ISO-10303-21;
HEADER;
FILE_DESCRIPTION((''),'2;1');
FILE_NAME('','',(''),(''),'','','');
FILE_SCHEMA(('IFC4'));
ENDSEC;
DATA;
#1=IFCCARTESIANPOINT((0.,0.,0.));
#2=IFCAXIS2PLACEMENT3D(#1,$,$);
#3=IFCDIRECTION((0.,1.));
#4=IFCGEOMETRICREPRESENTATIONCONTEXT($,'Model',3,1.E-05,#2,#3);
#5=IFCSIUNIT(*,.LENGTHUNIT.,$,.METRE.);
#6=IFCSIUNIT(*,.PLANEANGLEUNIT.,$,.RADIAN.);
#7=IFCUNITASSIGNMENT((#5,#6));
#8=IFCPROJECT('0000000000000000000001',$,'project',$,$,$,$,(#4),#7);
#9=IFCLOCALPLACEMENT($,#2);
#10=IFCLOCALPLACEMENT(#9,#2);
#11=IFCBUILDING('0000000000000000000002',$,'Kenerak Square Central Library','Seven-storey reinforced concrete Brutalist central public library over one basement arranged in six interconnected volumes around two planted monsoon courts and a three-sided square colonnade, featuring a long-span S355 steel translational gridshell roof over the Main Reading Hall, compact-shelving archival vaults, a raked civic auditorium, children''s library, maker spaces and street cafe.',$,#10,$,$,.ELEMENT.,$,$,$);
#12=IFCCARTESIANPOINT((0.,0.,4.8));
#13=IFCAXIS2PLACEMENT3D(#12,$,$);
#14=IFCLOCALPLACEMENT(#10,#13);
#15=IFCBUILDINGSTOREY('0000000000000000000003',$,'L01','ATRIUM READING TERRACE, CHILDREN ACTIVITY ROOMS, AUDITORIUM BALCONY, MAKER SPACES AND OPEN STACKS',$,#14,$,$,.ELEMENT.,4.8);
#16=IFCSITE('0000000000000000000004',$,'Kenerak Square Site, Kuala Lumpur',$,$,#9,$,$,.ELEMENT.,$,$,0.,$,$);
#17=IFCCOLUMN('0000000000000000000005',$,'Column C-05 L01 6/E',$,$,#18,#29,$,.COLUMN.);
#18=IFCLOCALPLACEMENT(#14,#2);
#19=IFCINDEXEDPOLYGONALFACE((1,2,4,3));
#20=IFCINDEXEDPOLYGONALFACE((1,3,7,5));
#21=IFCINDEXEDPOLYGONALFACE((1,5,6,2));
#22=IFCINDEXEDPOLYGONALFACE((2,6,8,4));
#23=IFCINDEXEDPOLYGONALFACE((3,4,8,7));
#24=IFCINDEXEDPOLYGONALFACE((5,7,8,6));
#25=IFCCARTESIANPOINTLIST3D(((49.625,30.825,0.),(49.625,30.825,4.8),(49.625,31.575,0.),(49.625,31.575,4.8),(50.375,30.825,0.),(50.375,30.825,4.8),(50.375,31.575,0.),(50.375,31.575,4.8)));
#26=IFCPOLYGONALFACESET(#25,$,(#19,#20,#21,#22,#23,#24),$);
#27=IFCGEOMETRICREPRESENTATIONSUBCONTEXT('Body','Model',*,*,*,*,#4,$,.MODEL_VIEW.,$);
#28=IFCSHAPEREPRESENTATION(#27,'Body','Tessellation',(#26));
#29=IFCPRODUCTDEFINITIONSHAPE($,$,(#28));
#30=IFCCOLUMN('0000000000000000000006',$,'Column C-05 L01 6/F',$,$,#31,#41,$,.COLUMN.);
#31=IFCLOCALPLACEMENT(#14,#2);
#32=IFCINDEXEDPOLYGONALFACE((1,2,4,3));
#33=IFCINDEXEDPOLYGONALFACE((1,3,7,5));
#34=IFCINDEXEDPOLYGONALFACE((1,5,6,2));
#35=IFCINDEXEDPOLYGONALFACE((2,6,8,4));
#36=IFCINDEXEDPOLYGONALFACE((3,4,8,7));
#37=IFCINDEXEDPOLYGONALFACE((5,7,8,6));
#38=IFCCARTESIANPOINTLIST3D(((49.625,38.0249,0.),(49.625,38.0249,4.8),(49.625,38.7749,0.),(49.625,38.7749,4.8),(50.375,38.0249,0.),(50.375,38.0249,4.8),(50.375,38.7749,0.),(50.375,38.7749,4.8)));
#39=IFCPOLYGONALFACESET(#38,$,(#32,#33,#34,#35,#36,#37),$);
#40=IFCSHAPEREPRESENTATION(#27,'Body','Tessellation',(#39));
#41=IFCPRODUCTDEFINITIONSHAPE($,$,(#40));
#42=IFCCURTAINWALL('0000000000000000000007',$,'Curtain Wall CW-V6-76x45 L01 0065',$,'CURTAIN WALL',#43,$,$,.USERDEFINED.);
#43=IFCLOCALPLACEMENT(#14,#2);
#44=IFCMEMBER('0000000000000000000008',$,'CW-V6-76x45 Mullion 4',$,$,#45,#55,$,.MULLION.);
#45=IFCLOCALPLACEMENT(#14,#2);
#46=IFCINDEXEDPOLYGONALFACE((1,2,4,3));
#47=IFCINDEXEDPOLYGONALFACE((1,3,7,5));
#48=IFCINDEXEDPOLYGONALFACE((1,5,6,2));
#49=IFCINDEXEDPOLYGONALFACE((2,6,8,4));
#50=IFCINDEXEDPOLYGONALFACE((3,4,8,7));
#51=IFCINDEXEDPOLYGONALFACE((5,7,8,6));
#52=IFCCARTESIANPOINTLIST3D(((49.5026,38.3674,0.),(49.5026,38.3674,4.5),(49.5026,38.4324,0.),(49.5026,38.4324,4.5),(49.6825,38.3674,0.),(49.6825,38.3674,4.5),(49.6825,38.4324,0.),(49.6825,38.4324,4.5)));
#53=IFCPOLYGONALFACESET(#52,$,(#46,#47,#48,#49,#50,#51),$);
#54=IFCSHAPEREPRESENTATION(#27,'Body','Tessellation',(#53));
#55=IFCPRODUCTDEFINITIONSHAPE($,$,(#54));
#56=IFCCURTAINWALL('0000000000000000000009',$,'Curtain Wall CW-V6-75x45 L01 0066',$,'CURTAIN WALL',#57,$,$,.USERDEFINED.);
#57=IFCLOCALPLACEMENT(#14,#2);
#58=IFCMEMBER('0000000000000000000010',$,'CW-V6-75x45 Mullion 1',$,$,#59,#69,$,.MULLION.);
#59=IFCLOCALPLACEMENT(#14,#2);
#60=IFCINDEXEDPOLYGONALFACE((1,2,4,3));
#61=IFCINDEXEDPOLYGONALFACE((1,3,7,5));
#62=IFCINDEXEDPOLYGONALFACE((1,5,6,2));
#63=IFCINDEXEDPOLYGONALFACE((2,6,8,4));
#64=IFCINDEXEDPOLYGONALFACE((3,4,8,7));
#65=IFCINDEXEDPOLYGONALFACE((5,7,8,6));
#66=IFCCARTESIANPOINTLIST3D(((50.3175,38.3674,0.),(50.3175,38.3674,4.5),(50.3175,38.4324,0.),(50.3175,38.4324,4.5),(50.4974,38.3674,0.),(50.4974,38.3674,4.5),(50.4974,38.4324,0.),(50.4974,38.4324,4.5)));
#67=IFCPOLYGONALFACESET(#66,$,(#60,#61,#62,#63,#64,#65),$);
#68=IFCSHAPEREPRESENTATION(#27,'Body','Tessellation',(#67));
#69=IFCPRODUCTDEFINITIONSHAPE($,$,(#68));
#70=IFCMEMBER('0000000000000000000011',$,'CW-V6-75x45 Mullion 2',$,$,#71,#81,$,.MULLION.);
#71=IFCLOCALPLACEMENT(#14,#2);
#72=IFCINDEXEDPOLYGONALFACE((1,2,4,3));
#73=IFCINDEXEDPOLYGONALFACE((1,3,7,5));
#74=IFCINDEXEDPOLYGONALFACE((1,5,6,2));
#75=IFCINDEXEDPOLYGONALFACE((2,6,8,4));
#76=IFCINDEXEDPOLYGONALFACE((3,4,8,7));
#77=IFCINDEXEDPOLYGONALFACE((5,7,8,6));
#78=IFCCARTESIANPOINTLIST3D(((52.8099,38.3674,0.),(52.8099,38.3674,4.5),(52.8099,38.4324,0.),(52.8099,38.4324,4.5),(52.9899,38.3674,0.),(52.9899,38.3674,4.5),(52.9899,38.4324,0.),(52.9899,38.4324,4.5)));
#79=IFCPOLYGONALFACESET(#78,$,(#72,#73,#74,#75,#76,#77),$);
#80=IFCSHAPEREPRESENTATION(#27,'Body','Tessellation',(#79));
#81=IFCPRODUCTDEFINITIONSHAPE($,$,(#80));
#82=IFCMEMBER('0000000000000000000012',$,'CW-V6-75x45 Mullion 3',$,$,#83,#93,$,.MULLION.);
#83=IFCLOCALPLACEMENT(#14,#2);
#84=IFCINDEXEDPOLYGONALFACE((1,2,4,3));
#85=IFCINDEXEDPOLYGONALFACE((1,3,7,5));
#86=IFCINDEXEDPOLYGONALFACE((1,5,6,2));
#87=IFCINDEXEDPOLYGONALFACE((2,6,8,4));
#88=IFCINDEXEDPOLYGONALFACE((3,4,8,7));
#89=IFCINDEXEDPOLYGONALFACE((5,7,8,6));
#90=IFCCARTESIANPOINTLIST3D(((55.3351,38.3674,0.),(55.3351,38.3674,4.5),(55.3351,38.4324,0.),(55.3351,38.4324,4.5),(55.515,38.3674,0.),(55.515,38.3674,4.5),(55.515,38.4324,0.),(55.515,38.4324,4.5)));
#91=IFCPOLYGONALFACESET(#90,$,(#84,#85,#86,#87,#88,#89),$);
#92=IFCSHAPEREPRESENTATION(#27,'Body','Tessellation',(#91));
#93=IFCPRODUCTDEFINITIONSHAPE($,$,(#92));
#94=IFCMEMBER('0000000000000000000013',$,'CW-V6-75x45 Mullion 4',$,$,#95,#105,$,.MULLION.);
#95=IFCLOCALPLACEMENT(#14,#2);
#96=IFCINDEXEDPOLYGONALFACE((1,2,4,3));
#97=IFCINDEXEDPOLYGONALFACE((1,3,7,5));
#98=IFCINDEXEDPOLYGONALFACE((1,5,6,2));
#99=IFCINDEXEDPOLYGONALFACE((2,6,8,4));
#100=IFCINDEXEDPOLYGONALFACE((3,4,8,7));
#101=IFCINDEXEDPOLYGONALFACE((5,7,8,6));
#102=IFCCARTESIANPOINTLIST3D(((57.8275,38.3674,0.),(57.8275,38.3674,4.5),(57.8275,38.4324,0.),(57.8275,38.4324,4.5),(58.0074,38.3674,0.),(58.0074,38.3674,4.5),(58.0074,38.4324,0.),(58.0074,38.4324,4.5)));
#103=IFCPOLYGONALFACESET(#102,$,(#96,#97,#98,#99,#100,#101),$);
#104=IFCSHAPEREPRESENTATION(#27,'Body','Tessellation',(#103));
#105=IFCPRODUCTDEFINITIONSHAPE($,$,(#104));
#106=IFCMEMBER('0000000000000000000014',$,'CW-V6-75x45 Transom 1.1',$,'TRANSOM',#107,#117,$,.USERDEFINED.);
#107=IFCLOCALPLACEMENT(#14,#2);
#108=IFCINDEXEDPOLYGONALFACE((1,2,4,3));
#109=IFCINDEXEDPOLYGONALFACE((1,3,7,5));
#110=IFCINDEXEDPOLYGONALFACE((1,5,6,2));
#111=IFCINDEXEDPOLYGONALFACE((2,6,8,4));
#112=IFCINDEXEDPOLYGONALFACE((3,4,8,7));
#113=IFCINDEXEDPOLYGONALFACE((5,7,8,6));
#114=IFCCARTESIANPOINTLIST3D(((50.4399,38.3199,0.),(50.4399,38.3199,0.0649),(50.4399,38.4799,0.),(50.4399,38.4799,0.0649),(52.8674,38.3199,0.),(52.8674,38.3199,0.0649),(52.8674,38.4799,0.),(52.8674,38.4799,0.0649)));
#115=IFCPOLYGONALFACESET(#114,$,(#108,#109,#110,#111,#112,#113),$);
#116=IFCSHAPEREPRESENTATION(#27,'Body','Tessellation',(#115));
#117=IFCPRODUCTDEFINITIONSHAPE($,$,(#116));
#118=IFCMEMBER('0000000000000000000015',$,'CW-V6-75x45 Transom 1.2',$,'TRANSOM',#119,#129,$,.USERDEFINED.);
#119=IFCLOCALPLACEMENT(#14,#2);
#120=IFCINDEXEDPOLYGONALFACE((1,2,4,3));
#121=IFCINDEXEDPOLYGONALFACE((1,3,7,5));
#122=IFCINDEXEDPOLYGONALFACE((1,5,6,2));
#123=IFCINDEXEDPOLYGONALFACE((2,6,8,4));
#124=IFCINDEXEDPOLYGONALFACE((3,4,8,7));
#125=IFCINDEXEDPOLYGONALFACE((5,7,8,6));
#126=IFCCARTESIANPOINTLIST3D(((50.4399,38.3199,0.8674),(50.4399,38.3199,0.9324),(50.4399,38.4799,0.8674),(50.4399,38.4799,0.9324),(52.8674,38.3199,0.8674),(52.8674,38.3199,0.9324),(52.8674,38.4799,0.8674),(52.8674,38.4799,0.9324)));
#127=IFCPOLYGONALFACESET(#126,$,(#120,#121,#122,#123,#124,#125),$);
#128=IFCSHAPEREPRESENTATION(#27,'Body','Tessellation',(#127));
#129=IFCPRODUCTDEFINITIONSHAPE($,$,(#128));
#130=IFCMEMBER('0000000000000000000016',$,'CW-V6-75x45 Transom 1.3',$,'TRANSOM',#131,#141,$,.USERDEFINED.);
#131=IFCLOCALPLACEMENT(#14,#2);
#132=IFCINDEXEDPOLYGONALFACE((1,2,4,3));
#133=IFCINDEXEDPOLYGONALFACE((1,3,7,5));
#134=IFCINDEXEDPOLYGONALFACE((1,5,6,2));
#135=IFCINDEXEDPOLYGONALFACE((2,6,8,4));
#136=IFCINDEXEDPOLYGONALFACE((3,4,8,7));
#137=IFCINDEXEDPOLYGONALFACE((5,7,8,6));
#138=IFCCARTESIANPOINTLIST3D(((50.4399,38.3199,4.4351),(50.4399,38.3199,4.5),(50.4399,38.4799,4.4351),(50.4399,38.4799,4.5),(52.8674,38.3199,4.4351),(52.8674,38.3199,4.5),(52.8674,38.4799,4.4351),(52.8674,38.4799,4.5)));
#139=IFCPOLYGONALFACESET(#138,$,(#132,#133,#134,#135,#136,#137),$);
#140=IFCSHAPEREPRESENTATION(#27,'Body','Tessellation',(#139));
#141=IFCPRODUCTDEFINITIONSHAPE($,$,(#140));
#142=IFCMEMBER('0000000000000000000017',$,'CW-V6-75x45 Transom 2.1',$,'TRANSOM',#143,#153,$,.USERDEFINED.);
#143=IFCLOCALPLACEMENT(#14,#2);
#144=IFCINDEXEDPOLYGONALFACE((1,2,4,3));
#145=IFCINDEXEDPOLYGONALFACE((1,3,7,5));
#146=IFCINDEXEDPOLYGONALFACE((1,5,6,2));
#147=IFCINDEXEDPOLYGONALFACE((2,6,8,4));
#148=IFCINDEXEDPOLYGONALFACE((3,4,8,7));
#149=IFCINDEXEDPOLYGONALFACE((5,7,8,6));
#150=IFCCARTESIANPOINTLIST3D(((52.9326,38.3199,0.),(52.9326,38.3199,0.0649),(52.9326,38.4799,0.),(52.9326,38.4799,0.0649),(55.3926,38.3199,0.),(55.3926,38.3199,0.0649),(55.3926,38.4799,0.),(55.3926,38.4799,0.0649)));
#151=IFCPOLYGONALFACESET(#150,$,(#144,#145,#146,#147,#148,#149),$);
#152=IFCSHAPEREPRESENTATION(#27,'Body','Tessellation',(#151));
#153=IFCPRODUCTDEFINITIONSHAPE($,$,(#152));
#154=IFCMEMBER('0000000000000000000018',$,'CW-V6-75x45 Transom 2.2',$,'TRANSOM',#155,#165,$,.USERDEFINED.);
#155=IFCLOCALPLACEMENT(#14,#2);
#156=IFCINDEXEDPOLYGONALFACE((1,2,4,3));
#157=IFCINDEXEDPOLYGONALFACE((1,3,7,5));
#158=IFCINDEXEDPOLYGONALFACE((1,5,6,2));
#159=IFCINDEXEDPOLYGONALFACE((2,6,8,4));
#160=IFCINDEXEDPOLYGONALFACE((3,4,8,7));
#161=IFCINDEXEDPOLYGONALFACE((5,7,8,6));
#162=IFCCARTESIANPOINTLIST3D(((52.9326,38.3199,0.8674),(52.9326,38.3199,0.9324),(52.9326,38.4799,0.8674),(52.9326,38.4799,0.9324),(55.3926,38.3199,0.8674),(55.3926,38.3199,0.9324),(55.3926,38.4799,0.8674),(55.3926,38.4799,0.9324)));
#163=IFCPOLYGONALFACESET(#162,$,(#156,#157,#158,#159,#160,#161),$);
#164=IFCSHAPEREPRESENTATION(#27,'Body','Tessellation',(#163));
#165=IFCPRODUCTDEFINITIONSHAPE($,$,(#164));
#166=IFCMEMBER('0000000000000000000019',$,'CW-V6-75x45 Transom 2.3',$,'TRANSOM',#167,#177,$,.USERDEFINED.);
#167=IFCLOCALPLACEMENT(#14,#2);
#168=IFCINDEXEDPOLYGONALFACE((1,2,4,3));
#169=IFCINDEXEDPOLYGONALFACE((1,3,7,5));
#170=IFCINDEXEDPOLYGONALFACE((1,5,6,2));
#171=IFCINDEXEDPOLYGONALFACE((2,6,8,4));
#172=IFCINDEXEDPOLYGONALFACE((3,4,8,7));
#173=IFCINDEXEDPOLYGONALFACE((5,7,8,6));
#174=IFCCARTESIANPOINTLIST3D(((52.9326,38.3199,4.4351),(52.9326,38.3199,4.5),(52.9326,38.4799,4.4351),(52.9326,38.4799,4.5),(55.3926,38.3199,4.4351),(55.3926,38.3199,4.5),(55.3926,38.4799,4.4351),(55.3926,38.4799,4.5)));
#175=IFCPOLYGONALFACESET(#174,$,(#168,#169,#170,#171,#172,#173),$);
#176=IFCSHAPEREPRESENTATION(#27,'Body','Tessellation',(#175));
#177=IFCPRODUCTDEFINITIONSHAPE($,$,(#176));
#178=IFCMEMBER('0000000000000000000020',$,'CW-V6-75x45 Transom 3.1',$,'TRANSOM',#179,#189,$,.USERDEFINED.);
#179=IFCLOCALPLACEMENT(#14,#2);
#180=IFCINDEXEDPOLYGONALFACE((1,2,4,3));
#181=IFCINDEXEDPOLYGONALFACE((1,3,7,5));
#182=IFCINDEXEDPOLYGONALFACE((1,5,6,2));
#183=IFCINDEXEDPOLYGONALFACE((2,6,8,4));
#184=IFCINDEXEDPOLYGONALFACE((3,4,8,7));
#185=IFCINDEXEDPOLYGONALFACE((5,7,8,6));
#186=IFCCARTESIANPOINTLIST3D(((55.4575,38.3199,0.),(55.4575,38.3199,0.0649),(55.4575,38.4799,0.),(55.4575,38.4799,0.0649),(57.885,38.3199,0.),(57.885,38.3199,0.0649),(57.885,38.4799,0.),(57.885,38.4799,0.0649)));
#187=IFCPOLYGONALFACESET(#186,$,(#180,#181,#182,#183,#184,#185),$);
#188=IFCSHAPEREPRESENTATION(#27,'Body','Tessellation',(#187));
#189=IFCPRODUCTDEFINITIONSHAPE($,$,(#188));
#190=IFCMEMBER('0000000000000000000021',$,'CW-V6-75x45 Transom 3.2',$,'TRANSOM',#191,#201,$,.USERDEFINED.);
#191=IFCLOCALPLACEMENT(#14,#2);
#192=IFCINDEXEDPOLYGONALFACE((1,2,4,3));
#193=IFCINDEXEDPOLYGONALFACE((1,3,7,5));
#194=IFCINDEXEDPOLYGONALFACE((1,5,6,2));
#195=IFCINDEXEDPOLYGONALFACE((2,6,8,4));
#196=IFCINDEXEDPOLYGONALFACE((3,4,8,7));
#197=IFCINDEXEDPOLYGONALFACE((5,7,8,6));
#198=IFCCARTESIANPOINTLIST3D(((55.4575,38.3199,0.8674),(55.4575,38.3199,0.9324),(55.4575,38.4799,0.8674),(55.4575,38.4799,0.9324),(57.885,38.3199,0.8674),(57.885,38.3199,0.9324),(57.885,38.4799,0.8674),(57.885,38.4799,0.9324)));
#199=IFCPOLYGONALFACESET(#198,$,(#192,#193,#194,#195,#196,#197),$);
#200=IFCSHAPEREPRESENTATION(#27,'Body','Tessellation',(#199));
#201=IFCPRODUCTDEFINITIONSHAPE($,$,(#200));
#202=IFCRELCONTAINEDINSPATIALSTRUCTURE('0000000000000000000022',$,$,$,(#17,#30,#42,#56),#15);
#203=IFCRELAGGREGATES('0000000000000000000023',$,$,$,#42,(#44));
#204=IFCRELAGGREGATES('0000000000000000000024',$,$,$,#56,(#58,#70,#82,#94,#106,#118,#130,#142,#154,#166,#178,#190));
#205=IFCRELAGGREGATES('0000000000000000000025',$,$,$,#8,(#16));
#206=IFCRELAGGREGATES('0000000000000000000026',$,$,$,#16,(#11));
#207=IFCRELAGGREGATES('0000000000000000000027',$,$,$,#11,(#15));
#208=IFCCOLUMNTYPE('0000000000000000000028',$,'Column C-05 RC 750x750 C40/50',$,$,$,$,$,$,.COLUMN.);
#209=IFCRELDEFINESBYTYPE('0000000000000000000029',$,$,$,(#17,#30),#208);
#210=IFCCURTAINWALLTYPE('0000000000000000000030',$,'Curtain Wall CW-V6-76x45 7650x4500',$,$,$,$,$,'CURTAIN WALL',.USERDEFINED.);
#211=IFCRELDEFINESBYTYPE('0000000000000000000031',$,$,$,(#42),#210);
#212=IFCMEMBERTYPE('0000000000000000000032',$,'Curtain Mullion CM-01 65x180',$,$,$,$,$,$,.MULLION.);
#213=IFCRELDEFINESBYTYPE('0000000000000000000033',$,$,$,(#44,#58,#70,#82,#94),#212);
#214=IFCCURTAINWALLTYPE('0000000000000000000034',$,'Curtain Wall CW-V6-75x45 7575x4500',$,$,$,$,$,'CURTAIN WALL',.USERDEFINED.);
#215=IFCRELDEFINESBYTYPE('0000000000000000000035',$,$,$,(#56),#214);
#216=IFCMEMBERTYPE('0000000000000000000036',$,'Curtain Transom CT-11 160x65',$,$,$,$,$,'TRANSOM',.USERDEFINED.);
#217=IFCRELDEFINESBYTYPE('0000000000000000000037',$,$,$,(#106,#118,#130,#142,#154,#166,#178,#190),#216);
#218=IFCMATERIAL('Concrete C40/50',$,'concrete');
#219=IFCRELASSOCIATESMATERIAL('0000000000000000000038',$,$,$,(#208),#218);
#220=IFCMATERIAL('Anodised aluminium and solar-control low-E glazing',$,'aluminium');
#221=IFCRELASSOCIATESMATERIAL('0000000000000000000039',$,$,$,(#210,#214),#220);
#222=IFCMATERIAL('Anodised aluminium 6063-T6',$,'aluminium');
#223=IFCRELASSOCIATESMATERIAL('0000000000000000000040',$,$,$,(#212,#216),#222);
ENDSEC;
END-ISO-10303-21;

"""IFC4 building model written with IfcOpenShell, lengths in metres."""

from ifc_helpers import new_model, si_unit, direction, frame, origin, origin_2d, place, context, subcontext, project, spatial, rectangle, extrude, material, material_profile, profile_set, type_object, element, aggregate, save


model = new_model("IFC4")

# Units and contexts
model_context = context("Model", 3, precision=1e-05, world=origin(), true_north=direction((0.0, 1.0)))
body_context = subcontext(model_context, "Body", "Model", "MODEL_VIEW")
ifc_project = project(units=[si_unit("LENGTHUNIT", "METRE"), si_unit("PLANEANGLEUNIT", "RADIAN")], contexts=[model_context])

# Site, building, storey
site_placement = place(None, origin())
site = spatial("IfcSite", under=ifc_project, at=site_placement, Name="Kenerak Square Site, Kuala Lumpur", CompositionType="ELEMENT", RefElevation=0.0)
building_placement = place(site_placement, origin())
building = spatial("IfcBuilding", under=site, at=building_placement, Name="Kenerak Square Central Library", Description="Seven-storey reinforced concrete Brutalist central public library over one basement arranged in six interconnected volumes around two planted monsoon courts and a three-sided square colonnade, featuring a long-span S355 steel translational gridshell roof over the Main Reading Hall, compact-shelving archival vaults, a raked civic auditorium, children's library, maker spaces and street cafe.", CompositionType="ELEMENT")
storey_placement = place(building_placement, frame((0.0, 0.0, 4.8)))
storey = spatial("IfcBuildingStorey", under=building, at=storey_placement, Name="L01", Description="ATRIUM READING TERRACE, CHILDREN ACTIVITY ROOMS, AUDITORIUM BALCONY, MAKER SPACES AND OPEN STACKS", CompositionType="ELEMENT", Elevation=4.8)

# Columns
ifc_material_1 = material(Name="Concrete C40/50", Category="concrete")
ifc_material_profile_1 = material_profile(ifc_material_1, rectangle(XDim=0.75, YDim=0.75, at=origin_2d()), Name="RC 750x750")
ifc_profile_set_1 = profile_set([ifc_material_profile_1], Name="Concrete C40/50")
column_type = type_object("IfcColumnType", Name="Column C-05 RC 750x750 C40/50", PredefinedType="COLUMN", material=ifc_profile_set_1)
for number, where, z_axis, x_axis, name in (
    (1, (50.0, 31.2, 0.0), (0.0, 0.0, 1.0), (1.0, 0.0, 0.0), "Column C-05 L01 6/E"),
    (2, (50.0, 38.3999, 0.0), (0.0, 0.0, 1.0), (1.0, 0.0, 0.0), "Column C-05 L01 6/F"),
):
    element("IfcColumn", number, at=place(storey_placement, frame(where, z_axis=z_axis, x_axis=x_axis)), inside=storey, type_object=column_type, Name=name, PredefinedType="COLUMN", context=body_context, shape_type="SweptSolid", body=[
        extrude(rectangle(XDim=0.75, YDim=0.75, at=origin_2d()), origin(), (0.0, 0.0, 1.0), 4.8),
    ])

# Curtain wall, member
ifc_material_2 = material(Name="Anodised aluminium and solar-control low-E glazing", Category="aluminium")
curtain_wall_type_1 = type_object("IfcCurtainWallType", Name="Curtain Wall CW-V6-76x45 7650x4500", ElementType="CURTAIN WALL", PredefinedType="USERDEFINED", material=ifc_material_2)
curtain_wall_1_placement = place(storey_placement, origin())
curtain_wall_1 = element("IfcCurtainWall", 3, at=curtain_wall_1_placement, inside=storey, type_object=curtain_wall_type_1, Name="Curtain Wall CW-V6-76x45 L01 0065", ObjectType="CURTAIN WALL", PredefinedType="USERDEFINED")
ifc_material_3 = material(Name="Anodised aluminium 6063-T6", Category="aluminium")
ifc_material_profile_2 = material_profile(ifc_material_3, rectangle(XDim=0.0649, YDim=0.1799, at=origin_2d()), Name="AL MULLION 65x180")
ifc_profile_set_2 = profile_set([ifc_material_profile_2], Name="Anodised aluminium 6063-T6")
member_type_1 = type_object("IfcMemberType", Name="Curtain Mullion CM-01 65x180", PredefinedType="MULLION", material=ifc_profile_set_2)
member_1_placement = place(storey_placement, frame((49.5925, 38.3999, 0.0), z_axis=(0.0, 0.0, 1.0), x_axis=(0.0, 1.0, 0.0)))
member_1 = element("IfcMember", 4, at=member_1_placement, type_object=member_type_1, Name="CW-V6-76x45 Mullion 4", PredefinedType="MULLION", context=body_context, shape_type="SweptSolid", body=[
    extrude(rectangle(XDim=0.0649, YDim=0.1799, at=origin_2d()), origin(), (0.0, 0.0, 1.0), 4.5),
])

# Curtain wall, members
curtain_wall_type_2 = type_object("IfcCurtainWallType", Name="Curtain Wall CW-V6-75x45 7575x4500", ElementType="CURTAIN WALL", PredefinedType="USERDEFINED", material=ifc_material_2)
curtain_wall_2_placement = place(storey_placement, origin())
curtain_wall_2 = element("IfcCurtainWall", 5, at=curtain_wall_2_placement, inside=storey, type_object=curtain_wall_type_2, Name="Curtain Wall CW-V6-75x45 L01 0066", ObjectType="CURTAIN WALL", PredefinedType="USERDEFINED")
member_2_placement = place(storey_placement, frame((50.4075, 38.3999, 0.0), z_axis=(0.0, 0.0, 1.0), x_axis=(0.0, 1.0, 0.0)))
member_2 = element("IfcMember", 6, at=member_2_placement, type_object=member_type_1, Name="CW-V6-75x45 Mullion 1", PredefinedType="MULLION", context=body_context, shape_type="SweptSolid", body=[
    extrude(rectangle(XDim=0.0649, YDim=0.1799, at=origin_2d()), origin(), (0.0, 0.0, 1.0), 4.5),
])
member_3_placement = place(storey_placement, frame((52.8999, 38.3999, 0.0), z_axis=(0.0, 0.0, 1.0), x_axis=(0.0, 1.0, 0.0)))
member_3 = element("IfcMember", 7, at=member_3_placement, type_object=member_type_1, Name="CW-V6-75x45 Mullion 2", PredefinedType="MULLION", context=body_context, shape_type="SweptSolid", body=[
    extrude(rectangle(XDim=0.0649, YDim=0.1799, at=origin_2d()), origin(), (0.0, 0.0, 1.0), 4.5),
])
member_4_placement = place(storey_placement, frame((55.425, 38.3999, 0.0), z_axis=(0.0, 0.0, 1.0), x_axis=(0.0, 1.0, 0.0)))
member_4 = element("IfcMember", 8, at=member_4_placement, type_object=member_type_1, Name="CW-V6-75x45 Mullion 3", PredefinedType="MULLION", context=body_context, shape_type="SweptSolid", body=[
    extrude(rectangle(XDim=0.0649, YDim=0.1799, at=origin_2d()), origin(), (0.0, 0.0, 1.0), 4.5),
])
member_5_placement = place(storey_placement, frame((57.9175, 38.3999, 0.0), z_axis=(0.0, 0.0, 1.0), x_axis=(0.0, 1.0, 0.0)))
member_5 = element("IfcMember", 9, at=member_5_placement, type_object=member_type_1, Name="CW-V6-75x45 Mullion 4", PredefinedType="MULLION", context=body_context, shape_type="SweptSolid", body=[
    extrude(rectangle(XDim=0.0649, YDim=0.1799, at=origin_2d()), origin(), (0.0, 0.0, 1.0), 4.5),
])
ifc_material_profile_3 = material_profile(ifc_material_3, rectangle(XDim=0.1599, YDim=0.0649, at=origin_2d()), Name="AL TRANSOM 160x65")
ifc_profile_set_3 = profile_set([ifc_material_profile_3], Name="Anodised aluminium 6063-T6")
member_type_2 = type_object("IfcMemberType", Name="Curtain Transom CT-11 160x65", ElementType="TRANSOM", PredefinedType="USERDEFINED", material=ifc_profile_set_3)
member_6_placement = place(storey_placement, frame((50.4399, 38.3999, 0.0325), z_axis=(1.0, 0.0, 0.0), x_axis=(0.0, 1.0, 0.0)))
member_6 = element("IfcMember", 10, at=member_6_placement, type_object=member_type_2, Name="CW-V6-75x45 Transom 1.1", ObjectType="TRANSOM", PredefinedType="USERDEFINED", context=body_context, shape_type="SweptSolid", body=[
    extrude(rectangle(XDim=0.1599, YDim=0.0649, at=origin_2d()), origin(), (0.0, 0.0, 1.0), 2.4275),
])
member_7_placement = place(storey_placement, frame((50.4399, 38.3999, 0.8999), z_axis=(1.0, 0.0, 0.0), x_axis=(0.0, 1.0, 0.0)))
member_7 = element("IfcMember", 11, at=member_7_placement, type_object=member_type_2, Name="CW-V6-75x45 Transom 1.2", ObjectType="TRANSOM", PredefinedType="USERDEFINED", context=body_context, shape_type="SweptSolid", body=[
    extrude(rectangle(XDim=0.1599, YDim=0.0649, at=origin_2d()), origin(), (0.0, 0.0, 1.0), 2.4275),
])
member_8_placement = place(storey_placement, frame((50.4399, 38.3999, 4.4675), z_axis=(1.0, 0.0, 0.0), x_axis=(0.0, 1.0, 0.0)))
member_8 = element("IfcMember", 12, at=member_8_placement, type_object=member_type_2, Name="CW-V6-75x45 Transom 1.3", ObjectType="TRANSOM", PredefinedType="USERDEFINED", context=body_context, shape_type="SweptSolid", body=[
    extrude(rectangle(XDim=0.1599, YDim=0.0649, at=origin_2d()), origin(), (0.0, 0.0, 1.0), 2.4275),
])
member_9_placement = place(storey_placement, frame((52.9326, 38.3999, 0.0325), z_axis=(1.0, 0.0, 0.0), x_axis=(0.0, 1.0, 0.0)))
member_9 = element("IfcMember", 13, at=member_9_placement, type_object=member_type_2, Name="CW-V6-75x45 Transom 2.1", ObjectType="TRANSOM", PredefinedType="USERDEFINED", context=body_context, shape_type="SweptSolid", body=[
    extrude(rectangle(XDim=0.1599, YDim=0.0649, at=origin_2d()), origin(), (0.0, 0.0, 1.0), 2.46),
])
member_10_placement = place(storey_placement, frame((52.9326, 38.3999, 0.8999), z_axis=(1.0, 0.0, 0.0), x_axis=(0.0, 1.0, 0.0)))
member_10 = element("IfcMember", 14, at=member_10_placement, type_object=member_type_2, Name="CW-V6-75x45 Transom 2.2", ObjectType="TRANSOM", PredefinedType="USERDEFINED", context=body_context, shape_type="SweptSolid", body=[
    extrude(rectangle(XDim=0.1599, YDim=0.0649, at=origin_2d()), origin(), (0.0, 0.0, 1.0), 2.46),
])
member_11_placement = place(storey_placement, frame((52.9326, 38.3999, 4.4675), z_axis=(1.0, 0.0, 0.0), x_axis=(0.0, 1.0, 0.0)))
member_11 = element("IfcMember", 15, at=member_11_placement, type_object=member_type_2, Name="CW-V6-75x45 Transom 2.3", ObjectType="TRANSOM", PredefinedType="USERDEFINED", context=body_context, shape_type="SweptSolid", body=[
    extrude(rectangle(XDim=0.1599, YDim=0.0649, at=origin_2d()), origin(), (0.0, 0.0, 1.0), 2.46),
])
member_12_placement = place(storey_placement, frame((55.4575, 38.3999, 0.0325), z_axis=(1.0, 0.0, 0.0), x_axis=(0.0, 1.0, 0.0)))
member_12 = element("IfcMember", 16, at=member_12_placement, type_object=member_type_2, Name="CW-V6-75x45 Transom 3.1", ObjectType="TRANSOM", PredefinedType="USERDEFINED", context=body_context, shape_type="SweptSolid", body=[
    extrude(rectangle(XDim=0.1599, YDim=0.0649, at=origin_2d()), origin(), (0.0, 0.0, 1.0), 2.4275),
])
member_13_placement = place(storey_placement, frame((55.4575, 38.3999, 0.8999), z_axis=(1.0, 0.0, 0.0), x_axis=(0.0, 1.0, 0.0)))
member_13 = element("IfcMember", 17, at=member_13_placement, type_object=member_type_2, Name="CW-V6-75x45 Transom 3.2", ObjectType="TRANSOM", PredefinedType="USERDEFINED", context=body_context, shape_type="SweptSolid", body=[
    extrude(rectangle(XDim=0.1599, YDim=0.0649, at=origin_2d()), origin(), (0.0, 0.0, 1.0), 2.4275),
])

aggregate(curtain_wall_1, [member_1])
aggregate(curtain_wall_2, [member_2, member_3, member_4, member_5, member_6, member_7, member_8, member_9, member_10, member_11, member_12, member_13])

save(model, "model.ifc")
